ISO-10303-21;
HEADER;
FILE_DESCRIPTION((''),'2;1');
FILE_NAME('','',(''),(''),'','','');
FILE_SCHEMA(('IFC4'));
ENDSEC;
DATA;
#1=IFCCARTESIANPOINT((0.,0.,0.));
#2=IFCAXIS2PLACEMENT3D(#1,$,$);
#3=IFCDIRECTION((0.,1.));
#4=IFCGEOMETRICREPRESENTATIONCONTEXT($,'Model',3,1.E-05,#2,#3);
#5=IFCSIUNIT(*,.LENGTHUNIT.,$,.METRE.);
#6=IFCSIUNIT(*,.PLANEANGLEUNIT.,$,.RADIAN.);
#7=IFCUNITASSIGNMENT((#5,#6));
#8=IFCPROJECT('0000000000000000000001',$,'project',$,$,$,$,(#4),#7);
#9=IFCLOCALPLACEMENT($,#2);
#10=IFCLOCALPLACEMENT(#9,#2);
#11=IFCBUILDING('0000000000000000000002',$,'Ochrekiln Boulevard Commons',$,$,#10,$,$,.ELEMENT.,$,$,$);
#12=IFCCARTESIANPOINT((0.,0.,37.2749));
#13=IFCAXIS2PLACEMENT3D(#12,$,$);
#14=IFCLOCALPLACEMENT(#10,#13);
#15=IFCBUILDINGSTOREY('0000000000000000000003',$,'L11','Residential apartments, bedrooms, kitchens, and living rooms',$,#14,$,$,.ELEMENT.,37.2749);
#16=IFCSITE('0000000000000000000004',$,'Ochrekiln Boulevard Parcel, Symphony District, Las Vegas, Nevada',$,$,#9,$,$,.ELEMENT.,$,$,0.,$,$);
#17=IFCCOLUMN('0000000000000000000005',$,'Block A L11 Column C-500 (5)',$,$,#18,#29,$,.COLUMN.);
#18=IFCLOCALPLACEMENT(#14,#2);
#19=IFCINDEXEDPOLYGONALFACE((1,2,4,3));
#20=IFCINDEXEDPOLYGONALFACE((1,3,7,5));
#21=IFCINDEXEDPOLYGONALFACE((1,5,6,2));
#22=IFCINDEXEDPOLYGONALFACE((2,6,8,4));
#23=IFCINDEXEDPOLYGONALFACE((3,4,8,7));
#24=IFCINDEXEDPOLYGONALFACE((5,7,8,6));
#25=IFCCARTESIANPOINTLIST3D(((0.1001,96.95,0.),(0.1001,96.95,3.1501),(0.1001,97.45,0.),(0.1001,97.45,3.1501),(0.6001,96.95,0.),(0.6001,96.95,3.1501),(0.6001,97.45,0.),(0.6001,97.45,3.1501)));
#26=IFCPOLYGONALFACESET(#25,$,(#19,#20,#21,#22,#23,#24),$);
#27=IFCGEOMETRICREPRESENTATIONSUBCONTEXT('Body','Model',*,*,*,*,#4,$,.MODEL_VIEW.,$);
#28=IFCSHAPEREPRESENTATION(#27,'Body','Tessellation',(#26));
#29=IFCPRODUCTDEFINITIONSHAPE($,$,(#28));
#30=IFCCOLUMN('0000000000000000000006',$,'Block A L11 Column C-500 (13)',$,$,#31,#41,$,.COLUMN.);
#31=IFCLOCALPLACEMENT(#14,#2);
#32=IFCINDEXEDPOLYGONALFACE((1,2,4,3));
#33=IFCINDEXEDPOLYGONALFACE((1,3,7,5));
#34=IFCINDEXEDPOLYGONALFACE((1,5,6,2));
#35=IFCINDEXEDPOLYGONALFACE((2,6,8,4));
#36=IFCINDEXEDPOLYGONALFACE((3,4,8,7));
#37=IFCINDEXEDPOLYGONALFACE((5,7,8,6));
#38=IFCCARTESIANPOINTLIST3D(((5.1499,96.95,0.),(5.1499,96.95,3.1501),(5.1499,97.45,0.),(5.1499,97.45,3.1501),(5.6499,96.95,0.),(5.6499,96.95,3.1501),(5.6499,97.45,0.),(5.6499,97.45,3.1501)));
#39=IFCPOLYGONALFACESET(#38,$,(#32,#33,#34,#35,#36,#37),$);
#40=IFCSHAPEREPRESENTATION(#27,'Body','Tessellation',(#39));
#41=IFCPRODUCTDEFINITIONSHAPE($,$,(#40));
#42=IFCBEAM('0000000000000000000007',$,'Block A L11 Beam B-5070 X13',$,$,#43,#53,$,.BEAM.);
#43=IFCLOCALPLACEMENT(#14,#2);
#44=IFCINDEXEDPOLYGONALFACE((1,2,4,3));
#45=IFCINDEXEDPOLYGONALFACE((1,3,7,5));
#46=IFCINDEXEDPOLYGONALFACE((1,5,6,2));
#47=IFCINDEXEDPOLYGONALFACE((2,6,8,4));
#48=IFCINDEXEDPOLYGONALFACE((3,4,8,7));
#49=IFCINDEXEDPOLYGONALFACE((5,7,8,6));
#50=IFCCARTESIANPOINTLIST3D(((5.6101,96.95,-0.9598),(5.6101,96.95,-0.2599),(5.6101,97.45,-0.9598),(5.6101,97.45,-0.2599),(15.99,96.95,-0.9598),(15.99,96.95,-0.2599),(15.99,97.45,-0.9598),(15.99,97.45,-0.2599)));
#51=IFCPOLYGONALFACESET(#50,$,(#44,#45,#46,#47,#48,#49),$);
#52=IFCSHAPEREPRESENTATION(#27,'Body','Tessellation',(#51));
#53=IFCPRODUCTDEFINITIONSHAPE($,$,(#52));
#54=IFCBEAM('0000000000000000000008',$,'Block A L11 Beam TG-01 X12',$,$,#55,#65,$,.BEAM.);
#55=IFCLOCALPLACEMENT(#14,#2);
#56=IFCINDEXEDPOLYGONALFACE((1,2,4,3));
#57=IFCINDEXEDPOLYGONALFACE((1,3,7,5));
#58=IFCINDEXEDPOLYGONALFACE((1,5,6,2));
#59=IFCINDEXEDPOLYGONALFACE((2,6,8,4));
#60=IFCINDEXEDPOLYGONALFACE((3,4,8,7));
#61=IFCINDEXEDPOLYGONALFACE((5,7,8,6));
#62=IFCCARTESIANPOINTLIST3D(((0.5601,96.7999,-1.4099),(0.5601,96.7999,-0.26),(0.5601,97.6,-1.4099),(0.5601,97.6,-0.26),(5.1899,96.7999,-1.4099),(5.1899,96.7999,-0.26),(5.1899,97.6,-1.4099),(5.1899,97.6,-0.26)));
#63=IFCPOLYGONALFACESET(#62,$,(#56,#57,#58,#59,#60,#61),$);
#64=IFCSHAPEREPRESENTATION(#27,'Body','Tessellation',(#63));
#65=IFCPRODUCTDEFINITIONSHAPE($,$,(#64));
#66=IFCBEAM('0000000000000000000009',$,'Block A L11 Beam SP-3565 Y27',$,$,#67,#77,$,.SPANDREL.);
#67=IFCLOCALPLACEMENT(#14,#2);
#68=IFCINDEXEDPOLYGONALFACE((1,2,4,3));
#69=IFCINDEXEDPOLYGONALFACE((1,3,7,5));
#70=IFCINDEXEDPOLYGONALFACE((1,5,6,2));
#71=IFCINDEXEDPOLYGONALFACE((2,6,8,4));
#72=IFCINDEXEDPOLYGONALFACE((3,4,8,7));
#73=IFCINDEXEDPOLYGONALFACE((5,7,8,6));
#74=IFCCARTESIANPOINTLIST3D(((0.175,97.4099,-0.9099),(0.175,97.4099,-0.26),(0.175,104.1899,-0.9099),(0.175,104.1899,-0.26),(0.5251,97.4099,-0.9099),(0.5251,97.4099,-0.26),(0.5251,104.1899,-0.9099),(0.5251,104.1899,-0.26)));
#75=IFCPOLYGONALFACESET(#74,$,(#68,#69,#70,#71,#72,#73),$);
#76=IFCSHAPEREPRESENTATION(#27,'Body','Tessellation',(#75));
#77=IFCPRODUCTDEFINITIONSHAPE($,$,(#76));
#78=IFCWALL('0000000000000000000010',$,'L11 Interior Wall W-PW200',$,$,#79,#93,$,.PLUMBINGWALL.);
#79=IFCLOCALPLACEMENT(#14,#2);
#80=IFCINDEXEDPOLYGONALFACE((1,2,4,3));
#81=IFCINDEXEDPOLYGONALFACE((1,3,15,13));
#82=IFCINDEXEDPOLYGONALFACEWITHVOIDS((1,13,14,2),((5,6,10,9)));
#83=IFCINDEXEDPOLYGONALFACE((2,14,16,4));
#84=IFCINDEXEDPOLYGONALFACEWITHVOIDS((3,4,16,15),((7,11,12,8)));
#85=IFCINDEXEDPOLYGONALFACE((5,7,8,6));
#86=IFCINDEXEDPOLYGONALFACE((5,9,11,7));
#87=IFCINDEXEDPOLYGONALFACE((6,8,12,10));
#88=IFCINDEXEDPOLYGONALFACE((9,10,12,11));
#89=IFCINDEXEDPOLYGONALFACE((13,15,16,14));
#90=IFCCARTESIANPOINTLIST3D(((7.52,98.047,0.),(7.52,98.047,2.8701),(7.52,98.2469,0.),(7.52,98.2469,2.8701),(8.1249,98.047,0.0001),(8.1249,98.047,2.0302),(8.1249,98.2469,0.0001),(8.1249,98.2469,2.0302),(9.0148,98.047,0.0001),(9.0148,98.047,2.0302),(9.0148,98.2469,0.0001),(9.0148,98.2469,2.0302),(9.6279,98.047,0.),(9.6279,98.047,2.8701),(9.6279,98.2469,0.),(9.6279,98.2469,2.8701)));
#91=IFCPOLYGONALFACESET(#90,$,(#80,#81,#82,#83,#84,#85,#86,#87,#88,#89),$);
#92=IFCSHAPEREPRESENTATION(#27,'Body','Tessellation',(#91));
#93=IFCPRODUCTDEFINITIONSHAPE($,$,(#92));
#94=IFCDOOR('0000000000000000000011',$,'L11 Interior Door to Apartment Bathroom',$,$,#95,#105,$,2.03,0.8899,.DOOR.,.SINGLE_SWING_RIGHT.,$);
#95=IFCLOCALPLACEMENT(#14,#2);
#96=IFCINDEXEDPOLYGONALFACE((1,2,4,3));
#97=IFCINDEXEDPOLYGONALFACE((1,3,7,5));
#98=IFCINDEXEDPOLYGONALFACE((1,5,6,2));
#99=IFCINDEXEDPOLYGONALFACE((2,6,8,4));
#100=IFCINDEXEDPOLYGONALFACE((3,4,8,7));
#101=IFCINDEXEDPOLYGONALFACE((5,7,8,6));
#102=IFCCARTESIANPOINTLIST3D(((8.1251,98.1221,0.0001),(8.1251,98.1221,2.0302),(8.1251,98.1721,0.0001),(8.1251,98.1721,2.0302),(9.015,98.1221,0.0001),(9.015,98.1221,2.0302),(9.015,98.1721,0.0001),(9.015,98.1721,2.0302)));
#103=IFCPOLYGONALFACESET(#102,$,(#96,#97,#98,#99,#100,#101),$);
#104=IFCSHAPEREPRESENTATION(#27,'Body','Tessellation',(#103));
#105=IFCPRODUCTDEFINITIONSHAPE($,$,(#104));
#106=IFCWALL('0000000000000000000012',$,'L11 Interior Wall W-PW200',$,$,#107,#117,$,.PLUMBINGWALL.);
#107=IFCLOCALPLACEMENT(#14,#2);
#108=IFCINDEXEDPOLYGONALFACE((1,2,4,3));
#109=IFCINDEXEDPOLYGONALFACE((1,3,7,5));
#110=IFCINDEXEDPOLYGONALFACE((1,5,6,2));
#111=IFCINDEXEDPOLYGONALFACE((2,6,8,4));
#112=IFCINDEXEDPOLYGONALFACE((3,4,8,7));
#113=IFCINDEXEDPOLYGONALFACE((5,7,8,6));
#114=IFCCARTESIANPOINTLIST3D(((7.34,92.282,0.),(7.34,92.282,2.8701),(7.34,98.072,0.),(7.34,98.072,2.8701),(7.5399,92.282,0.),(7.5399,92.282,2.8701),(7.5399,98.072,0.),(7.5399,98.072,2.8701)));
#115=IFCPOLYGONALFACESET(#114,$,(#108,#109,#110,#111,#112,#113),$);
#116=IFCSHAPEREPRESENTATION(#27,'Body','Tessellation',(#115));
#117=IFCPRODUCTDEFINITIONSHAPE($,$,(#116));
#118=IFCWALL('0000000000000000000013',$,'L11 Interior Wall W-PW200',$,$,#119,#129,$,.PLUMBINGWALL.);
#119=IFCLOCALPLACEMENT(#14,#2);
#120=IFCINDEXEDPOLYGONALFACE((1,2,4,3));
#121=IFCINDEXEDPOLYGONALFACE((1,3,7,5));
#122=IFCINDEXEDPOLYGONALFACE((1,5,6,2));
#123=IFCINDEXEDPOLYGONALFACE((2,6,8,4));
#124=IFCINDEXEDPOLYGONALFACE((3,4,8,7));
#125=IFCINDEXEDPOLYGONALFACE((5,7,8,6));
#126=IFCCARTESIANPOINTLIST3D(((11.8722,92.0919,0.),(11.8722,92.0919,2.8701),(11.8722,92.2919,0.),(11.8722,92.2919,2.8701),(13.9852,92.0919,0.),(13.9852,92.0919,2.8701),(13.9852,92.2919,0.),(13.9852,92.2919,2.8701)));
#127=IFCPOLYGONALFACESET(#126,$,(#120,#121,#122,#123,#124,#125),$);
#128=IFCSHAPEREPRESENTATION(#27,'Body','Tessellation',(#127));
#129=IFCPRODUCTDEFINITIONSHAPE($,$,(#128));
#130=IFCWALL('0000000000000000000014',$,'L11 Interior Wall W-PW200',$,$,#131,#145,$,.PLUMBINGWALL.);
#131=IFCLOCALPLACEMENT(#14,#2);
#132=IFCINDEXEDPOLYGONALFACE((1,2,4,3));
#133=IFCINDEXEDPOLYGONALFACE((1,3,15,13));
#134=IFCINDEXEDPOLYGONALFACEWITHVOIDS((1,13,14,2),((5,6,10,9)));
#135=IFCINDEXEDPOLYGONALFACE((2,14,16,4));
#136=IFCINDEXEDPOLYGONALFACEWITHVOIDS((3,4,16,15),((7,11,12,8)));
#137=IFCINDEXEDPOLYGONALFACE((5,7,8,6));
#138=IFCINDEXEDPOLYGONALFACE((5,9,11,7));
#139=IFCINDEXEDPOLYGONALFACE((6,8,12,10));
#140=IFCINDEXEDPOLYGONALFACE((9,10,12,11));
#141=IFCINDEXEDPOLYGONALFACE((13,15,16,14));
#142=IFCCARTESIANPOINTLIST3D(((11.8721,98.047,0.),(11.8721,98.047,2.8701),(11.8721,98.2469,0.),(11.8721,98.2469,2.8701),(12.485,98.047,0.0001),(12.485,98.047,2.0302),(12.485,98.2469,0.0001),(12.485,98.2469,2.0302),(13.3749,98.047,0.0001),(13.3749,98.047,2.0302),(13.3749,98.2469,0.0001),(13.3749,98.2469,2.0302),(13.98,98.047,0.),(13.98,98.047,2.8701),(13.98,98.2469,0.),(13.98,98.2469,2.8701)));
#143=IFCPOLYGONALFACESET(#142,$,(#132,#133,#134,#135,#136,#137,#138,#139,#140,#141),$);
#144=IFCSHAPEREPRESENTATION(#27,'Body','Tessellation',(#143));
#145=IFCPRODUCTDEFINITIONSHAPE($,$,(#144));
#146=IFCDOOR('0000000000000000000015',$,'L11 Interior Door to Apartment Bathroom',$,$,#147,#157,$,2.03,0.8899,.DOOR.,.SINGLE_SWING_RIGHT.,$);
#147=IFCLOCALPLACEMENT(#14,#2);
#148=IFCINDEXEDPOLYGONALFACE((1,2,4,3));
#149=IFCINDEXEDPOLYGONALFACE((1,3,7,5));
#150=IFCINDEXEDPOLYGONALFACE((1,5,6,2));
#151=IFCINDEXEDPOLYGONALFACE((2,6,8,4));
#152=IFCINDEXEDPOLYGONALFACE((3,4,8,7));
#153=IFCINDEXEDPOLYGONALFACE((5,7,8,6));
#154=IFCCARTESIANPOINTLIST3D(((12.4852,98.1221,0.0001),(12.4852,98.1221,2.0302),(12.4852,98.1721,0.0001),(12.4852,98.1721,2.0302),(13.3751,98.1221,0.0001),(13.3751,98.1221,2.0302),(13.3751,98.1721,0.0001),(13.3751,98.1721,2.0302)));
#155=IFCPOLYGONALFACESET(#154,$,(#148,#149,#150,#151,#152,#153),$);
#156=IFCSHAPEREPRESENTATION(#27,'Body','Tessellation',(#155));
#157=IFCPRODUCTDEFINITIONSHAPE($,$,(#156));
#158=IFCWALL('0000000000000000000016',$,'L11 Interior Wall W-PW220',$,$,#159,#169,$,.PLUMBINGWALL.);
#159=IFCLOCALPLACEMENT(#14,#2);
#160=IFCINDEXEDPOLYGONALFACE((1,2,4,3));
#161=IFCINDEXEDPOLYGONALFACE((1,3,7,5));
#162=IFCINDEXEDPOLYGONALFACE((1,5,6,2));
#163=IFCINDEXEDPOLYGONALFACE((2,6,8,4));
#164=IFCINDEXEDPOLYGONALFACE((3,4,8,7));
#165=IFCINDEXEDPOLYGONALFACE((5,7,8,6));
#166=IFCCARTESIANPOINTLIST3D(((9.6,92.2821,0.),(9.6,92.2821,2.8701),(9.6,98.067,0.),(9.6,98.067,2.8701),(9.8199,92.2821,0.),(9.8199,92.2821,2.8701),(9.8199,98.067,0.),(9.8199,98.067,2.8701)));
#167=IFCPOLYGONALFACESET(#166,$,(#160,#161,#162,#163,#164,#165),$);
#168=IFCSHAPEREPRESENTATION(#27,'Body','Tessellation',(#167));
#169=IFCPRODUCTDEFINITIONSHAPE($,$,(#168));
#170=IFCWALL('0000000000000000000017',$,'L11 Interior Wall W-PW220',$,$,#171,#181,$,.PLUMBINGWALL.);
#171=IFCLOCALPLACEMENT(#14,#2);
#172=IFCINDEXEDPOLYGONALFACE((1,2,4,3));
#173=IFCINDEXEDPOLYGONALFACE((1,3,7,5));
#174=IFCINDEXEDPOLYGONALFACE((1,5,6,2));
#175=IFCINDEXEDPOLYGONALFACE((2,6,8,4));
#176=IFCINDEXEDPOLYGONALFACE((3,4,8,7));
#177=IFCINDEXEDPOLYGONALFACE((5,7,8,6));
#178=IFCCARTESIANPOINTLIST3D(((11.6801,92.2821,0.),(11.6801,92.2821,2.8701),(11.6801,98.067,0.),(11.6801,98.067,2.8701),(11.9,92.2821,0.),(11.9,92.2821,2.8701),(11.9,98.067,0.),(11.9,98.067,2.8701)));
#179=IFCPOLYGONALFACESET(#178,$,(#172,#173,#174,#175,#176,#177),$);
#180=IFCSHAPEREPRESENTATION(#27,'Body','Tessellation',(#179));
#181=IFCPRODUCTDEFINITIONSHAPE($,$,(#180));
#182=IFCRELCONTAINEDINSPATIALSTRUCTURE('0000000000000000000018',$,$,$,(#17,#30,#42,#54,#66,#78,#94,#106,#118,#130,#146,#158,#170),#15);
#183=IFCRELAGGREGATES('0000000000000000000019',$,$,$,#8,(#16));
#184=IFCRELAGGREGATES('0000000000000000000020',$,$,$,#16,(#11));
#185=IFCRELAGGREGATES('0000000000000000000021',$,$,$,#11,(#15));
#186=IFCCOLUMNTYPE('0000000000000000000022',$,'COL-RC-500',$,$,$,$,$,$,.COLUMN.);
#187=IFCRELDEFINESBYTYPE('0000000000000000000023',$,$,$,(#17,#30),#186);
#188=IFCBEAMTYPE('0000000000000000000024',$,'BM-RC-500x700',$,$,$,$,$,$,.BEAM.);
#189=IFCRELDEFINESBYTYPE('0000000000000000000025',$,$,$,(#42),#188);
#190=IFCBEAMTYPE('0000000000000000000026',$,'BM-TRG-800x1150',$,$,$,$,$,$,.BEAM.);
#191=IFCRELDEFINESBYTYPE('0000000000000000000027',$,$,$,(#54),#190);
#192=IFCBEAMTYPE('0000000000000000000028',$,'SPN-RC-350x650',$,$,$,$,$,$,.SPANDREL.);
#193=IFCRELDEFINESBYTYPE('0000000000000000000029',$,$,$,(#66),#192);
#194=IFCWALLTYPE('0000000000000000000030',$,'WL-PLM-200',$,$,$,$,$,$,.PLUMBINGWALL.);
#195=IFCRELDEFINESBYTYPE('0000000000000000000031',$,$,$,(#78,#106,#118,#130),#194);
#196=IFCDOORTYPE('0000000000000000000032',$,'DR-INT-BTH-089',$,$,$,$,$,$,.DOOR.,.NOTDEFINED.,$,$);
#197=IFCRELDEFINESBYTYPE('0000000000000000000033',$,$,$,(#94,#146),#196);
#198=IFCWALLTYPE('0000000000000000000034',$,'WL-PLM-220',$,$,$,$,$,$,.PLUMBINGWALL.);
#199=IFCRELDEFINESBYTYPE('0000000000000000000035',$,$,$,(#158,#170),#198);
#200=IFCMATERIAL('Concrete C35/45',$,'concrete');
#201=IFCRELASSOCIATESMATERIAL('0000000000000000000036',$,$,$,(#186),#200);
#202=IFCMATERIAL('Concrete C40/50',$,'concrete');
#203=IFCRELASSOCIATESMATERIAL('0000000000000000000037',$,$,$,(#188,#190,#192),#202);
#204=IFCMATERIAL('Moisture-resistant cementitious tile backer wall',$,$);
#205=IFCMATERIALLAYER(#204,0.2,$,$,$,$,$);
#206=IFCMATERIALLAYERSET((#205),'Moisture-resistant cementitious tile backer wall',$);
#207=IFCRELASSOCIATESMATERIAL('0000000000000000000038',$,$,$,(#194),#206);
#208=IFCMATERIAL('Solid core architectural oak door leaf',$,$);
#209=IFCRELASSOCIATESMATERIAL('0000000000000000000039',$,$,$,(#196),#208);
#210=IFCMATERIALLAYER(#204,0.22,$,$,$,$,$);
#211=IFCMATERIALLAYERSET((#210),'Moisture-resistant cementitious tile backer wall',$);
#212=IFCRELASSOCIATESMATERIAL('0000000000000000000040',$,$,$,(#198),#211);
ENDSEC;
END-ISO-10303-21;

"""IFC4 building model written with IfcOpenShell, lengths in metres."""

from ifc_helpers import new_model, si_unit, direction, frame, frame_2d, origin, origin_2d, place, context, subcontext, project, spatial, rectangle, extrude, material, layer, layer_set, material_profile, profile_set, type_object, element, fill, save


model = new_model("IFC4")

# Units and contexts
model_context = context("Model", 3, precision=1e-05, world=origin(), true_north=direction((0.0, 1.0)))
body_context = subcontext(model_context, "Body", "Model", "MODEL_VIEW")
ifc_project = project(units=[si_unit("LENGTHUNIT", "METRE"), si_unit("PLANEANGLEUNIT", "RADIAN")], contexts=[model_context])

# Site, building, storey
site_placement = place(None, origin())
site = spatial("IfcSite", under=ifc_project, at=site_placement, Name="Ochrekiln Boulevard Parcel, Symphony District, Las Vegas, Nevada", CompositionType="ELEMENT", RefElevation=0.0)
building_placement = place(site_placement, origin())
building = spatial("IfcBuilding", under=site, at=building_placement, Name="Ochrekiln Boulevard Commons", CompositionType="ELEMENT")
storey_placement = place(building_placement, frame((0.0, 0.0, 37.2749)))
storey = spatial("IfcBuildingStorey", under=building, at=storey_placement, Name="L11", Description="Residential apartments, bedrooms, kitchens, and living rooms", CompositionType="ELEMENT", Elevation=37.2749)

# Columns
ifc_material_1 = material(Name="Concrete C35/45", Category="concrete")
ifc_material_profile_1 = material_profile(ifc_material_1, rectangle(XDim=0.5, YDim=0.5, at=origin_2d()), Name="RC-COL-500x500")
ifc_profile_set_1 = profile_set([ifc_material_profile_1], Name="Concrete C35/45")
column_type = type_object("IfcColumnType", Name="COL-RC-500", PredefinedType="COLUMN", material=ifc_profile_set_1)
for number, where, z_axis, x_axis, name in (
    (1, (0.3501, 97.2, 0.0), (0.0, 0.0, 1.0), (1.0, 0.0, 0.0), "Block A L11 Column C-500 (5)"),
    (2, (5.3999, 97.2, 0.0), (0.0, 0.0, 1.0), (1.0, 0.0, 0.0), "Block A L11 Column C-500 (13)"),
):
    element("IfcColumn", number, at=place(storey_placement, frame(where, z_axis=z_axis, x_axis=x_axis)), inside=storey, type_object=column_type, Name=name, PredefinedType="COLUMN", context=body_context, shape_type="SweptSolid", body=[
        extrude(rectangle(XDim=0.5, YDim=0.5, at=origin_2d()), origin(), (0.0, 0.0, 1.0), 3.1501),
    ])

# Beams
ifc_material_2 = material(Name="Concrete C40/50", Category="concrete")
ifc_material_profile_2 = material_profile(ifc_material_2, rectangle(XDim=0.5, YDim=0.7, at=origin_2d()), Name="RC-BM-500x700")
ifc_profile_set_2 = profile_set([ifc_material_profile_2], Name="Concrete C40/50")
beam_type_1 = type_object("IfcBeamType", Name="BM-RC-500x700", PredefinedType="BEAM", material=ifc_profile_set_2)
beam_1_placement = place(storey_placement, frame((5.6101, 97.2, -0.6099), z_axis=(1.0, 0.0, 0.0), x_axis=(0.0, 1.0, 0.0)))
element("IfcBeam", 3, at=beam_1_placement, inside=storey, type_object=beam_type_1, Name="Block A L11 Beam B-5070 X13", PredefinedType="BEAM", context=body_context, shape_type="SweptSolid", body=[
    extrude(rectangle(XDim=0.5, YDim=0.7, at=origin_2d()), origin(), (0.0, 0.0, 1.0), 10.3799),
])
ifc_material_profile_3 = material_profile(ifc_material_2, rectangle(XDim=0.8, YDim=1.1499, at=origin_2d()), Name="RC-TRG-800x1150")
ifc_profile_set_3 = profile_set([ifc_material_profile_3], Name="Concrete C40/50")
beam_type_2 = type_object("IfcBeamType", Name="BM-TRG-800x1150", PredefinedType="BEAM", material=ifc_profile_set_3)
beam_2_placement = place(storey_placement, frame((0.5601, 97.2, -0.835), z_axis=(1.0, 0.0, 0.0), x_axis=(0.0, 1.0, 0.0)))
element("IfcBeam", 4, at=beam_2_placement, inside=storey, type_object=beam_type_2, Name="Block A L11 Beam TG-01 X12", PredefinedType="BEAM", context=body_context, shape_type="SweptSolid", body=[
    extrude(rectangle(XDim=0.8, YDim=1.1499, at=origin_2d()), origin(), (0.0, 0.0, 1.0), 4.6299),
])
ifc_material_profile_4 = material_profile(ifc_material_2, rectangle(XDim=0.3501, YDim=0.6499, at=origin_2d()), Name="RC-SPN-350x650")
ifc_profile_set_4 = profile_set([ifc_material_profile_4], Name="Concrete C40/50")
beam_type_3 = type_object("IfcBeamType", Name="SPN-RC-350x650", PredefinedType="SPANDREL", material=ifc_profile_set_4)
beam_3_placement = place(storey_placement, frame((0.3501, 97.4099, -0.585), z_axis=(0.0, 1.0, 0.0), x_axis=(-1.0, 0.0, 0.0)))
element("IfcBeam", 5, at=beam_3_placement, inside=storey, type_object=beam_type_3, Name="Block A L11 Beam SP-3565 Y27", PredefinedType="SPANDREL", context=body_context, shape_type="SweptSolid", body=[
    extrude(rectangle(XDim=0.3501, YDim=0.6499, at=origin_2d()), origin(), (0.0, 0.0, 1.0), 6.78),
])

# Wall, opening, door
ifc_material_3 = material(Name="Moisture-resistant cementitious tile backer wall")
ifc_layer_1 = layer(ifc_material_3, 0.2)
ifc_layer_set_1 = layer_set([ifc_layer_1], Name="Moisture-resistant cementitious tile backer wall")
wall_type_1 = type_object("IfcWallType", Name="WL-PLM-200", PredefinedType="PLUMBINGWALL", material=ifc_layer_set_1)
wall_1_placement = place(storey_placement, frame((7.52, 98.147, 0.0), z_axis=(0.0, 0.0, 1.0), x_axis=(1.0, 0.0, 0.0)))
wall_1 = element("IfcWall", 6, at=wall_1_placement, inside=storey, type_object=wall_type_1, Name="L11 Interior Wall W-PW200", PredefinedType="PLUMBINGWALL", context=body_context, shape_type="SweptSolid", body=[
    extrude(rectangle(XDim=2.1079, YDim=0.2, at=frame_2d((1.054, 0.0))), origin(), (0.0, 0.0, 1.0), 2.8701),
])
opening_1_placement = place(wall_1_placement, frame((0.605, 0.0, 0.0)))
opening_1 = element("IfcOpeningElement", 7, at=opening_1_placement, cuts=wall_1, PredefinedType="OPENING", context=body_context, shape_type="SweptSolid", body=[
    extrude(rectangle(XDim=0.8899, YDim=2.03, at=frame_2d((0.4448, 1.0151))), frame((0.0, 0.1099, 0.0), z_axis=(0.0, -1.0, 0.0), x_axis=(1.0, 0.0, 0.0)), (0.0, 0.0, 1.0), 0.22),
])
ifc_material_4 = material(Name="Solid core architectural oak door leaf")
door_type_1 = type_object("IfcDoorType", Name="DR-INT-BTH-089", OperationType="NOTDEFINED", PredefinedType="DOOR", material=ifc_material_4)
door_1_placement = place(opening_1_placement, frame((0.8899, 0.0, 0.0), z_axis=(0.0, 0.0, 1.0), x_axis=(-1.0, 0.0, 0.0)))
door_1 = element("IfcDoor", 8, at=door_1_placement, inside=storey, type_object=door_type_1, Name="L11 Interior Door to Apartment Bathroom", OperationType="SINGLE_SWING_RIGHT", OverallHeight=2.03, OverallWidth=0.8899, PredefinedType="DOOR", context=body_context, shape_type="SweptSolid", body=[
    extrude(rectangle(XDim=0.8899, YDim=2.03, at=frame_2d((0.4448, 1.0151))), frame((0.0, 0.0249, 0.0), z_axis=(0.0, -1.0, 0.0), x_axis=(1.0, 0.0, 0.0)), (0.0, 0.0, 1.0), 0.05),
])
fill(opening_1, door_1)

# Walls
wall_2_placement = place(storey_placement, frame((7.4399, 92.282, 0.0), z_axis=(0.0, 0.0, 1.0), x_axis=(0.0, 1.0, 0.0)))
element("IfcWall", 9, at=wall_2_placement, inside=storey, type_object=wall_type_1, Name="L11 Interior Wall W-PW200", PredefinedType="PLUMBINGWALL", context=body_context, shape_type="SweptSolid", body=[
    extrude(rectangle(XDim=5.79, YDim=0.2, at=frame_2d((2.895, 0.0))), origin(), (0.0, 0.0, 1.0), 2.8701),
])
wall_3_placement = place(storey_placement, frame((11.8721, 92.1919, 0.0), z_axis=(0.0, 0.0, 1.0), x_axis=(1.0, 0.0, 0.0)))
element("IfcWall", 10, at=wall_3_placement, inside=storey, type_object=wall_type_1, Name="L11 Interior Wall W-PW200", PredefinedType="PLUMBINGWALL", context=body_context, shape_type="SweptSolid", body=[
    extrude(rectangle(XDim=2.113, YDim=0.2, at=frame_2d((1.0566, 0.0))), origin(), (0.0, 0.0, 1.0), 2.8701),
])

# Wall, opening, door
wall_4_placement = place(storey_placement, frame((11.8721, 98.147, 0.0), z_axis=(0.0, 0.0, 1.0), x_axis=(1.0, 0.0, 0.0)))
wall_4 = element("IfcWall", 11, at=wall_4_placement, inside=storey, type_object=wall_type_1, Name="L11 Interior Wall W-PW200", PredefinedType="PLUMBINGWALL", context=body_context, shape_type="SweptSolid", body=[
    extrude(rectangle(XDim=2.1079, YDim=0.2, at=frame_2d((1.054, 0.0))), origin(), (0.0, 0.0, 1.0), 2.8701),
])
opening_2_placement = place(wall_4_placement, frame((0.613, 0.0, 0.0)))
opening_2 = element("IfcOpeningElement", 12, at=opening_2_placement, cuts=wall_4, PredefinedType="OPENING", context=body_context, shape_type="SweptSolid", body=[
    extrude(rectangle(XDim=0.8899, YDim=2.03, at=frame_2d((0.4448, 1.0151))), frame((0.0, 0.1099, 0.0), z_axis=(0.0, -1.0, 0.0), x_axis=(1.0, 0.0, 0.0)), (0.0, 0.0, 1.0), 0.22),
])
door_2_placement = place(opening_2_placement, frame((0.8899, 0.0, 0.0), z_axis=(0.0, 0.0, 1.0), x_axis=(-1.0, 0.0, 0.0)))
door_2 = element("IfcDoor", 13, at=door_2_placement, inside=storey, type_object=door_type_1, Name="L11 Interior Door to Apartment Bathroom", OperationType="SINGLE_SWING_RIGHT", OverallHeight=2.03, OverallWidth=0.8899, PredefinedType="DOOR", context=body_context, shape_type="SweptSolid", body=[
    extrude(rectangle(XDim=0.8899, YDim=2.03, at=frame_2d((0.4448, 1.0151))), frame((0.0, 0.0249, 0.0), z_axis=(0.0, -1.0, 0.0), x_axis=(1.0, 0.0, 0.0)), (0.0, 0.0, 1.0), 0.05),
])
fill(opening_2, door_2)

# Walls
ifc_layer_2 = layer(ifc_material_3, 0.22)
ifc_layer_set_2 = layer_set([ifc_layer_2], Name="Moisture-resistant cementitious tile backer wall")
wall_type_2 = type_object("IfcWallType", Name="WL-PLM-220", PredefinedType="PLUMBINGWALL", material=ifc_layer_set_2)
for number, where, z_axis, x_axis, name in (
    (14, (9.71, 92.282, 0.0), (0.0, 0.0, 1.0), (0.0, 1.0, 0.0), "L11 Interior Wall W-PW220"),
    (15, (11.79, 92.282, 0.0), (0.0, 0.0, 1.0), (0.0, 1.0, 0.0), "L11 Interior Wall W-PW220"),
):
    element("IfcWall", number, at=place(storey_placement, frame(where, z_axis=z_axis, x_axis=x_axis)), inside=storey, type_object=wall_type_2, Name=name, PredefinedType="PLUMBINGWALL", context=body_context, shape_type="SweptSolid", body=[
        extrude(rectangle(XDim=5.7849, YDim=0.22, at=frame_2d((2.8926, 0.0))), origin(), (0.0, 0.0, 1.0), 2.8701),
    ])

save(model, "model.ifc")
